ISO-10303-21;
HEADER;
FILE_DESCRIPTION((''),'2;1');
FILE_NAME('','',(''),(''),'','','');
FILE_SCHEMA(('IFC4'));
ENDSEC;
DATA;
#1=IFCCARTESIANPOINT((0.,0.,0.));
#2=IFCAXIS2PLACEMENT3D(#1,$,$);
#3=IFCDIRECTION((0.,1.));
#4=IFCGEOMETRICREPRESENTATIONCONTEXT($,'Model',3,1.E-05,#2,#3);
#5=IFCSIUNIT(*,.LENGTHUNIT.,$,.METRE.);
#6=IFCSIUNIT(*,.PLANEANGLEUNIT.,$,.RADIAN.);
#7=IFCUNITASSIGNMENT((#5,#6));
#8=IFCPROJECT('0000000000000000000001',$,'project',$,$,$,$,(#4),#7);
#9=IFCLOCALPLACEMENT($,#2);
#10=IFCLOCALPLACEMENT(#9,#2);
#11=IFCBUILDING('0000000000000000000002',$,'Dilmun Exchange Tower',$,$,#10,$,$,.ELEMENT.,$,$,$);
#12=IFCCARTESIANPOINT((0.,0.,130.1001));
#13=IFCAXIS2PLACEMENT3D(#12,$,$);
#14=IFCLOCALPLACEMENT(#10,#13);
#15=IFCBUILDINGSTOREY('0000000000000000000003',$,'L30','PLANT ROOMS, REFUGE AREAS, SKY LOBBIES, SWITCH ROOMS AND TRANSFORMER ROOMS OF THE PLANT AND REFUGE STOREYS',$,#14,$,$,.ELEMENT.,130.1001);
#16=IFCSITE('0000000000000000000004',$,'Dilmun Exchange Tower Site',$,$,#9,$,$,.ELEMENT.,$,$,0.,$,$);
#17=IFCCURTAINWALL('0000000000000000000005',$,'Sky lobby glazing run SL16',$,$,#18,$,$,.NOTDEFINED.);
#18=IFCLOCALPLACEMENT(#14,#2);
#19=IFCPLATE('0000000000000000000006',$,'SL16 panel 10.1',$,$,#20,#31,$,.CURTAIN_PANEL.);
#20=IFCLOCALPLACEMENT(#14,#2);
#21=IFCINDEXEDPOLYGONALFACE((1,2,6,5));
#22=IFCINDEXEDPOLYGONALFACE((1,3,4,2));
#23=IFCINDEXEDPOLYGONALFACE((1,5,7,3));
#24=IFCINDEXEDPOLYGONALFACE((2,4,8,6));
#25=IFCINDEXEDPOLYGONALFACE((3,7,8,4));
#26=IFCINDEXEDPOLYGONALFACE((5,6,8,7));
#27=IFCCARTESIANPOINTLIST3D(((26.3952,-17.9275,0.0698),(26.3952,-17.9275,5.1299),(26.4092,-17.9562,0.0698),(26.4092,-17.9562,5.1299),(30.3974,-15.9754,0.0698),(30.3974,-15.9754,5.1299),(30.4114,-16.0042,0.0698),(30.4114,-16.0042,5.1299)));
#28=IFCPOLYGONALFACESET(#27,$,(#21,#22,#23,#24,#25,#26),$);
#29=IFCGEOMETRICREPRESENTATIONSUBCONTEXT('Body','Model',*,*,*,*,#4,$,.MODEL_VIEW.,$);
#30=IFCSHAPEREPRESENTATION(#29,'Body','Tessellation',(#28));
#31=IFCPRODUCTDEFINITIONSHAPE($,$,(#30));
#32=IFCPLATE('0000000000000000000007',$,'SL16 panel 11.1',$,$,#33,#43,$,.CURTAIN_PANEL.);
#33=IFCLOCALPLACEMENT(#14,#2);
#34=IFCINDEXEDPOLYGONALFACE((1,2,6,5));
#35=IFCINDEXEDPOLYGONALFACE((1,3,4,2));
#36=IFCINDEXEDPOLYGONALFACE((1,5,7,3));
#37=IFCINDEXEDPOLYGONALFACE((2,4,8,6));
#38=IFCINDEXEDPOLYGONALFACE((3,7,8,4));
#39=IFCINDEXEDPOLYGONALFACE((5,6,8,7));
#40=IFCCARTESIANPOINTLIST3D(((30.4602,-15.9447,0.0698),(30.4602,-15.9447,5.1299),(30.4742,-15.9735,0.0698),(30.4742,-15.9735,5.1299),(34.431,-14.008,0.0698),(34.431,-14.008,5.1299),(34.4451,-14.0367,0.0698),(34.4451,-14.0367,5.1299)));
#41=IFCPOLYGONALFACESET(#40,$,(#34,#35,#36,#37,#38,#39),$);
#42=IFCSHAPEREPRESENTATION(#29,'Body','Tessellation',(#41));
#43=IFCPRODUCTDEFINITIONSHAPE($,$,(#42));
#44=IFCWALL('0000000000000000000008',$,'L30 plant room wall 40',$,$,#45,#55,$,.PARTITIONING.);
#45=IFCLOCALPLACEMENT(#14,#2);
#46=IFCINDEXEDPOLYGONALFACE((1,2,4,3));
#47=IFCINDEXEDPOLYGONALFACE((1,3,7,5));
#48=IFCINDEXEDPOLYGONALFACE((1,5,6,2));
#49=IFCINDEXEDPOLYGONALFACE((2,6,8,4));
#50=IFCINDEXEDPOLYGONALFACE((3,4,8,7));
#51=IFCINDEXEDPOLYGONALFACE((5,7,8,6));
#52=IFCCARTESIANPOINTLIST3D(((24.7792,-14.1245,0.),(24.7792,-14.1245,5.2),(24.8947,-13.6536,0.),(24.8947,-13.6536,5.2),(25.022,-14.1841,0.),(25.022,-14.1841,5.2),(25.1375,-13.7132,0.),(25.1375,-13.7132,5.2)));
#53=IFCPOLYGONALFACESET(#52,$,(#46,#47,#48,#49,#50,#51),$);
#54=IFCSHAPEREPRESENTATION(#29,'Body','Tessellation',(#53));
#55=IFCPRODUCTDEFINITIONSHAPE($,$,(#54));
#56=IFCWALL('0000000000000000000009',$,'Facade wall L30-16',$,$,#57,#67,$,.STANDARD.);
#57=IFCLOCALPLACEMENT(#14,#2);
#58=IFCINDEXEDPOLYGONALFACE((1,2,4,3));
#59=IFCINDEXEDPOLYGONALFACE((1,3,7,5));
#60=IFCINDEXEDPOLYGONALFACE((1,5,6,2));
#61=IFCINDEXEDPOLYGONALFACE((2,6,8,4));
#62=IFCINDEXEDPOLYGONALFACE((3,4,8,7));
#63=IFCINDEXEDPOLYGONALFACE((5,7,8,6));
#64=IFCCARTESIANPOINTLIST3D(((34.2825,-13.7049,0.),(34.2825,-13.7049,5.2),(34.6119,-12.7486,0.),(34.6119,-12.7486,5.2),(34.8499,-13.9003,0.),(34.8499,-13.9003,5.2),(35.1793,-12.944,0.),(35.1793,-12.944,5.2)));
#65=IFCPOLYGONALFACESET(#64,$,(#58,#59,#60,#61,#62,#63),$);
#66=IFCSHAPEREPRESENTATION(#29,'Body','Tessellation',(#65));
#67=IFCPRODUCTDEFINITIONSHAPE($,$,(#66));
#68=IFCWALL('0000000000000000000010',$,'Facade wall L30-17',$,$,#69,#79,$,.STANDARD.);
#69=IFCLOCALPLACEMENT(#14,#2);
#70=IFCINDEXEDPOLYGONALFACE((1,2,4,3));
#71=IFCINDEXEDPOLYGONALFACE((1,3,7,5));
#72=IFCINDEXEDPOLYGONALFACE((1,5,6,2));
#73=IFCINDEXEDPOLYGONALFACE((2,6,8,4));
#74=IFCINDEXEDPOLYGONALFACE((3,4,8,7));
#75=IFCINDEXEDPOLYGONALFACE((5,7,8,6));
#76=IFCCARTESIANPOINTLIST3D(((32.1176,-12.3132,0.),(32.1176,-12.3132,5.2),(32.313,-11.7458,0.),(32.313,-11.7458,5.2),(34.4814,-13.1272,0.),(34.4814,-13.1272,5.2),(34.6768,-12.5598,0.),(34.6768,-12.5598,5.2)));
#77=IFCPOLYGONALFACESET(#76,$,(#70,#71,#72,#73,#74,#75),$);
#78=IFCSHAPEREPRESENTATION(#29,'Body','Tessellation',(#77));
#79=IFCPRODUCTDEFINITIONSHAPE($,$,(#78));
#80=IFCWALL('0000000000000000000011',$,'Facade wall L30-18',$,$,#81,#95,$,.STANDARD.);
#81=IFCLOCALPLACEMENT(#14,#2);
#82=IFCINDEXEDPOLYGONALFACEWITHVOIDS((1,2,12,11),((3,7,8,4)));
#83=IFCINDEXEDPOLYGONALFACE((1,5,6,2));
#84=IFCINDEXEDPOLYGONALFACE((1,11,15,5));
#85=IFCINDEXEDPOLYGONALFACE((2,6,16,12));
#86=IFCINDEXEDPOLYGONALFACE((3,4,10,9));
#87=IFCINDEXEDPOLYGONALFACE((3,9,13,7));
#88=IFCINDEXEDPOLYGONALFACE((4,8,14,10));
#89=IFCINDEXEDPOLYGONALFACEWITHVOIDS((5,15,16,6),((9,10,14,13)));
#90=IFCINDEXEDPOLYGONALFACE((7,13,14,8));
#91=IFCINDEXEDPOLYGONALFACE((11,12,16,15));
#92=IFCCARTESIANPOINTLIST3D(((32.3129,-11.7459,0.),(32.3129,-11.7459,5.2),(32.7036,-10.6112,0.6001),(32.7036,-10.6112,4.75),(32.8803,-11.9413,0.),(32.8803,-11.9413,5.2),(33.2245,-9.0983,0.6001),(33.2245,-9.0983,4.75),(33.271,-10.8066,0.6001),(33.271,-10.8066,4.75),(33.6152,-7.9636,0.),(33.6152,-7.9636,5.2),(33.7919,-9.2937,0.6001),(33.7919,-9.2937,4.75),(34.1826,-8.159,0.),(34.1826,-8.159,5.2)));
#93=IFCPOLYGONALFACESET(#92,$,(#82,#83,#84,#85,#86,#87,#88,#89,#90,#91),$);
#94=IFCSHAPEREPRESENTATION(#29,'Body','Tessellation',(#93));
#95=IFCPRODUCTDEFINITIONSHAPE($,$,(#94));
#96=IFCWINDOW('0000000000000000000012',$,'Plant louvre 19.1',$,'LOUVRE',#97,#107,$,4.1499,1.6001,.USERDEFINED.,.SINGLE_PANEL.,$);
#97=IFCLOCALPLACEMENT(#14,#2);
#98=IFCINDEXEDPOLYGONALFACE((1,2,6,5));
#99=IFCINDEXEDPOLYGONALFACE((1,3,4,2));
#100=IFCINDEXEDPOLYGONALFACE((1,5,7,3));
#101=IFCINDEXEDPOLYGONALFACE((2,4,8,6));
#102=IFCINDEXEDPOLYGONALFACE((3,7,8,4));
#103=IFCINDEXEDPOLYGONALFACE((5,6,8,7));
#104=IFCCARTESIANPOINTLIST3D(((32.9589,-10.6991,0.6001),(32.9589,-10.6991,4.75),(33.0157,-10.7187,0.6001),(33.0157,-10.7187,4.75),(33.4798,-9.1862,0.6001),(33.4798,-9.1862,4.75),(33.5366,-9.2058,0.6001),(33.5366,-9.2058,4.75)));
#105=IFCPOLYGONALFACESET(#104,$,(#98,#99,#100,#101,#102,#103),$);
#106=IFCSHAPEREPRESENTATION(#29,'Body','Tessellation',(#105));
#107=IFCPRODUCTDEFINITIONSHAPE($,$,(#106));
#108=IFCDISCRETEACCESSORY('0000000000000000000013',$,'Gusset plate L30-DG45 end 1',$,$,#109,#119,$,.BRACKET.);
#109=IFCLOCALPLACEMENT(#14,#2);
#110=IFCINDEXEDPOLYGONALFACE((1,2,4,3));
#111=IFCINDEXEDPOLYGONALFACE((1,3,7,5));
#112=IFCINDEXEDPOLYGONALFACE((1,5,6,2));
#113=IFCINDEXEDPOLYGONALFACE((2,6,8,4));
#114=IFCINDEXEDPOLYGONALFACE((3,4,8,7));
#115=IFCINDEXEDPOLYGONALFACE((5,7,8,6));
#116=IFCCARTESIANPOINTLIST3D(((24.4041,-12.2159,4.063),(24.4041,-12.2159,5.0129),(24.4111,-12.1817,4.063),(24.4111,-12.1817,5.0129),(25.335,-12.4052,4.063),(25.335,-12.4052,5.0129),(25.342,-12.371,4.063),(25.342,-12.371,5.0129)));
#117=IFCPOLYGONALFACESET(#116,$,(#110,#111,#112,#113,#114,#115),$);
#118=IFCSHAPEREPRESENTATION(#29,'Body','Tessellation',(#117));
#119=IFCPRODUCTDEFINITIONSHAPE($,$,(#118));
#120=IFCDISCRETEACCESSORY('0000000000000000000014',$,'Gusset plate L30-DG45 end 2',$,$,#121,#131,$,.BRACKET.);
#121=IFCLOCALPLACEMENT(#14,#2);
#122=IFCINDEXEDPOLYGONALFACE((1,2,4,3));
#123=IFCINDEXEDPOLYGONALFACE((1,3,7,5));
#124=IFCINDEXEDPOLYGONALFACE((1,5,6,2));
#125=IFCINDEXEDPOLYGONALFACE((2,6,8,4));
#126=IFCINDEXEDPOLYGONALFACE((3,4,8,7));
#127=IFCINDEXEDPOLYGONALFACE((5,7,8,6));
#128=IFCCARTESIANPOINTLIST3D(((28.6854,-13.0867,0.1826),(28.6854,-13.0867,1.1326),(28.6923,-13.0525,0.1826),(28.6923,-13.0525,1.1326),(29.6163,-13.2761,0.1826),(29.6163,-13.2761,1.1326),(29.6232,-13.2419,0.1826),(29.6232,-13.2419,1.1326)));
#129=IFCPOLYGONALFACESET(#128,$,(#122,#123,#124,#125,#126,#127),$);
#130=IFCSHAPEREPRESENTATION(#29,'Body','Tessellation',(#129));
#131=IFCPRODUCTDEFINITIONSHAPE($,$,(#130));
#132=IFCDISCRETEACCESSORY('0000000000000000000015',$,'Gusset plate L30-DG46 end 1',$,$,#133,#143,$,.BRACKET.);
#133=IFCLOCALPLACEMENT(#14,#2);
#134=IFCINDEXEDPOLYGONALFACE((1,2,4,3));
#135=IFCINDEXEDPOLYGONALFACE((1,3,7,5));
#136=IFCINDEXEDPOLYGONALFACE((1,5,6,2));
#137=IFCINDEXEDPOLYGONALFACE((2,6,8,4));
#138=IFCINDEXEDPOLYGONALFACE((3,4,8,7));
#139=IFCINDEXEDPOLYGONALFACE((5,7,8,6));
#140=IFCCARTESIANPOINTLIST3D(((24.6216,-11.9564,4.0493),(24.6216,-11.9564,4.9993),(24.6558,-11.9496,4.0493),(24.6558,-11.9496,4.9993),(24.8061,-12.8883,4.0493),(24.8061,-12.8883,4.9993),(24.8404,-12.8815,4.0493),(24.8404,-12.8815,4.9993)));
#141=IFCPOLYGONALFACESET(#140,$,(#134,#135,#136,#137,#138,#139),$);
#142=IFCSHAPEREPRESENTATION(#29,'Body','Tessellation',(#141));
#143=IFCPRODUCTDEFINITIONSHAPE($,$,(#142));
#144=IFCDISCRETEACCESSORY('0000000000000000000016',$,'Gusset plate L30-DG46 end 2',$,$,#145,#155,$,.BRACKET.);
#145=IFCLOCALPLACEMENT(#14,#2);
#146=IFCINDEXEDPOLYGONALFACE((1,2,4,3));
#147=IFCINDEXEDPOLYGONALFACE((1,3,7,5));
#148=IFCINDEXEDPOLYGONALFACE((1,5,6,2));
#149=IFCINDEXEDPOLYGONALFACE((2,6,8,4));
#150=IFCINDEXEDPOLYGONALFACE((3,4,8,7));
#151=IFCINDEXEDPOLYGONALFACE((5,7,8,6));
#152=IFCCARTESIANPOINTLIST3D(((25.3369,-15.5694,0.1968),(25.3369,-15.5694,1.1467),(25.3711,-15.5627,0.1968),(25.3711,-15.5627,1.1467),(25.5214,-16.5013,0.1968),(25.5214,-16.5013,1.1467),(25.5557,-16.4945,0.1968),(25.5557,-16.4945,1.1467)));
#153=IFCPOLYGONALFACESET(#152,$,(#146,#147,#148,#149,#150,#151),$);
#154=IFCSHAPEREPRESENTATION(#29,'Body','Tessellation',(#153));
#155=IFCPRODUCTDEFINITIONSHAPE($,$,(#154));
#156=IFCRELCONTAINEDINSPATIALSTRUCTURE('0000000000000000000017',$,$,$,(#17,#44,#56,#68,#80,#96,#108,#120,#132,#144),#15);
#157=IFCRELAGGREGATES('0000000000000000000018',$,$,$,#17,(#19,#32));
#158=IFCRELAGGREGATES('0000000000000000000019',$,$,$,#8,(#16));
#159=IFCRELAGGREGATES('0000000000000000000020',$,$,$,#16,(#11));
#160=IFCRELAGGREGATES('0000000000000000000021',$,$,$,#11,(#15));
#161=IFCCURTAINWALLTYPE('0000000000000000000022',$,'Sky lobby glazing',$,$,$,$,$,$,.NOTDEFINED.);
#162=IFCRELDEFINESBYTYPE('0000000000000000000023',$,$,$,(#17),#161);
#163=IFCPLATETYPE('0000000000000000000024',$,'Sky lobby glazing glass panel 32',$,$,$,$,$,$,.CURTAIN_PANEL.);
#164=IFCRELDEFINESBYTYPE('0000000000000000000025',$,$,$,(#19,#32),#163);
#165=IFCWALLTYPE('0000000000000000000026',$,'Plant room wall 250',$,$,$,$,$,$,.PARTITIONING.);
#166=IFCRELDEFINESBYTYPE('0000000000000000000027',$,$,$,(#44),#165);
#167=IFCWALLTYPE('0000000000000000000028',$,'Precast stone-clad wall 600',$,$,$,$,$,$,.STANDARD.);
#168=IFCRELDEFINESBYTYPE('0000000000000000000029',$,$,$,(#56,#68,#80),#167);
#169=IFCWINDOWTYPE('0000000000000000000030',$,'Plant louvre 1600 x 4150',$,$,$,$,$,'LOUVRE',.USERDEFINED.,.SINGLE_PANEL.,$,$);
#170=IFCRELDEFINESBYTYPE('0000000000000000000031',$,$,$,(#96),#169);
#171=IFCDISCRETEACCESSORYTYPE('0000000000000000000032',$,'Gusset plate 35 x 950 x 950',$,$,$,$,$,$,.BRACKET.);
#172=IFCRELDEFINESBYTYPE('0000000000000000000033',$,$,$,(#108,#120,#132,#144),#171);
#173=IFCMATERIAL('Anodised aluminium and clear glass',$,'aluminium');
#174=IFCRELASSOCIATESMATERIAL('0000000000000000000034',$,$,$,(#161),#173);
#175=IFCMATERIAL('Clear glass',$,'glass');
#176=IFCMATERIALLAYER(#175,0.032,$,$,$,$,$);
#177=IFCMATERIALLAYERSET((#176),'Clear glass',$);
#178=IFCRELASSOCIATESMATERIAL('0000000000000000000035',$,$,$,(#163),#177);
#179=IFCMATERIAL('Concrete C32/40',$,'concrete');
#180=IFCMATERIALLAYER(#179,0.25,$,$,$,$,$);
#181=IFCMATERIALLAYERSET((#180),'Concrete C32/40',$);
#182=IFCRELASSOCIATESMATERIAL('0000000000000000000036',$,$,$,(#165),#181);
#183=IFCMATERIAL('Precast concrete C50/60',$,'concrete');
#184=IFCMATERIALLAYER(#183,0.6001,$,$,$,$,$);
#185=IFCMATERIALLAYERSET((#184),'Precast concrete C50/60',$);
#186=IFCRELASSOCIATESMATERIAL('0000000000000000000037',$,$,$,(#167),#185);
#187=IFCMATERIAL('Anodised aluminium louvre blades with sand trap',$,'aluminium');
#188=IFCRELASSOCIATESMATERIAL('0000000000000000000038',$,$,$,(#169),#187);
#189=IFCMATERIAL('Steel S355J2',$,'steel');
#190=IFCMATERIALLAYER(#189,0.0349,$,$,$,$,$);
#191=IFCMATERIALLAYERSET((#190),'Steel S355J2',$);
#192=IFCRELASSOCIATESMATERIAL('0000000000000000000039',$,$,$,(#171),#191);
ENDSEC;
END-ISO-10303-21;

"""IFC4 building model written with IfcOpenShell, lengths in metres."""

from ifc_helpers import new_model, si_unit, direction, frame, frame_2d, origin, origin_2d, place, context, subcontext, project, spatial, rectangle, extrude, material, layer, layer_set, type_object, element, fill, aggregate, save


model = new_model("IFC4")

# Units and contexts
model_context = context("Model", 3, precision=1e-05, world=origin(), true_north=direction((0.0, 1.0)))
body_context = subcontext(model_context, "Body", "Model", "MODEL_VIEW")
ifc_project = project(units=[si_unit("LENGTHUNIT", "METRE"), si_unit("PLANEANGLEUNIT", "RADIAN")], contexts=[model_context])

# Site, building, storey
site_placement = place(None, origin())
site = spatial("IfcSite", under=ifc_project, at=site_placement, Name="Dilmun Exchange Tower Site", CompositionType="ELEMENT", RefElevation=0.0)
building_placement = place(site_placement, origin())
building = spatial("IfcBuilding", under=site, at=building_placement, Name="Dilmun Exchange Tower", CompositionType="ELEMENT")
storey_placement = place(building_placement, frame((0.0, 0.0, 130.1001)))
storey = spatial("IfcBuildingStorey", under=building, at=storey_placement, Name="L30", Description="PLANT ROOMS, REFUGE AREAS, SKY LOBBIES, SWITCH ROOMS AND TRANSFORMER ROOMS OF THE PLANT AND REFUGE STOREYS", CompositionType="ELEMENT", Elevation=130.1001)

# Curtain wall
ifc_material_1 = material(Name="Anodised aluminium and clear glass", Category="aluminium")
curtain_wall_type = type_object("IfcCurtainWallType", Name="Sky lobby glazing", PredefinedType="NOTDEFINED", material=ifc_material_1)
curtain_wall_placement = place(storey_placement, origin())
curtain_wall = element("IfcCurtainWall", 1, at=curtain_wall_placement, inside=storey, type_object=curtain_wall_type, Name="Sky lobby glazing run SL16", PredefinedType="NOTDEFINED")

# Plates
ifc_material_2 = material(Name="Clear glass", Category="glass")
ifc_layer_1 = layer(ifc_material_2, 0.032)
ifc_layer_set_1 = layer_set([ifc_layer_1], Name="Clear glass")
plate_type = type_object("IfcPlateType", Name="Sky lobby glazing glass panel 32", PredefinedType="CURTAIN_PANEL", material=ifc_layer_set_1)
plate_1_placement = place(storey_placement, frame((28.4033, -16.9658, 0.0698), z_axis=(0.0, 0.0, 1.0), x_axis=(0.898794, 0.438371, 0.0)))
plate_1 = element("IfcPlate", 2, at=plate_1_placement, type_object=plate_type, Name="SL16 panel 10.1", PredefinedType="CURTAIN_PANEL", context=body_context, shape_type="SweptSolid", body=[
    extrude(rectangle(XDim=4.4529, YDim=0.032, at=origin_2d()), origin(), (0.0, 0.0, 1.0), 5.0601),
])
plate_2_placement = place(storey_placement, frame((32.4526, -14.9907, 0.0698), z_axis=(0.0, 0.0, 1.0), x_axis=(0.898794, 0.438371, 0.0)))
plate_2 = element("IfcPlate", 3, at=plate_2_placement, type_object=plate_type, Name="SL16 panel 11.1", PredefinedType="CURTAIN_PANEL", context=body_context, shape_type="SweptSolid", body=[
    extrude(rectangle(XDim=4.418, YDim=0.032, at=origin_2d()), origin(), (0.0, 0.0, 1.0), 5.0601),
])
aggregate(curtain_wall, [plate_1, plate_2])

# Walls
ifc_material_3 = material(Name="Concrete C32/40", Category="concrete")
ifc_layer_2 = layer(ifc_material_3, 0.25)
ifc_layer_set_2 = layer_set([ifc_layer_2], Name="Concrete C32/40")
wall_type_1 = type_object("IfcWallType", Name="Plant room wall 250", PredefinedType="PARTITIONING", material=ifc_layer_set_2)
wall_1_placement = place(storey_placement, frame((24.9006, -14.1543, 0.0), z_axis=(0.0, 0.0, 1.0), x_axis=(0.23815, 0.971228, 0.0)))
element("IfcWall", 4, at=wall_1_placement, inside=storey, type_object=wall_type_1, Name="L30 plant room wall 40", PredefinedType="PARTITIONING", context=body_context, shape_type="SweptSolid", body=[
    extrude(rectangle(XDim=0.4849, YDim=0.25, at=frame_2d((0.2424, 0.0))), origin(), (0.0, 0.0, 1.0), 5.2),
])
ifc_material_4 = material(Name="Precast concrete C50/60", Category="concrete")
ifc_layer_3 = layer(ifc_material_4, 0.6001)
ifc_layer_set_3 = layer_set([ifc_layer_3], Name="Precast concrete C50/60")
wall_type_2 = type_object("IfcWallType", Name="Precast stone-clad wall 600", PredefinedType="STANDARD", material=ifc_layer_set_3)
wall_2_placement = place(storey_placement, frame((34.5662, -13.8027, 0.0), z_axis=(0.0, 0.0, 1.0), x_axis=(0.325626, 0.945499, 0.0)))
element("IfcWall", 5, at=wall_2_placement, inside=storey, type_object=wall_type_2, Name="Facade wall L30-16", PredefinedType="STANDARD", context=body_context, shape_type="SweptSolid", body=[
    extrude(rectangle(XDim=1.0115, YDim=0.6001, at=frame_2d((0.5059, 0.0))), origin(), (0.0, 0.0, 1.0), 5.2),
])
wall_3_placement = place(storey_placement, frame((34.5791, -12.8435, 0.0), z_axis=(0.0, 0.0, 1.0), x_axis=(-0.945512, 0.325587, 0.0)))
element("IfcWall", 6, at=wall_3_placement, inside=storey, type_object=wall_type_2, Name="Facade wall L30-17", PredefinedType="STANDARD", context=body_context, shape_type="SweptSolid", body=[
    extrude(rectangle(XDim=2.5, YDim=0.6001, at=frame_2d((1.25, 0.0))), origin(), (0.0, 0.0, 1.0), 5.2),
])

# Wall, opening, window
wall_4_placement = place(storey_placement, frame((32.5967, -11.8435, 0.0), z_axis=(0.0, 0.0, 1.0), x_axis=(0.325551, 0.945525, 0.0)))
wall_4 = element("IfcWall", 7, at=wall_4_placement, inside=storey, type_object=wall_type_2, Name="Facade wall L30-18", PredefinedType="STANDARD", context=body_context, shape_type="SweptSolid", body=[
    extrude(rectangle(XDim=4.0002, YDim=0.6001, at=frame_2d((2.0, 0.0))), origin(), (0.0, 0.0, 1.0), 5.2),
])
opening_placement = place(wall_4_placement, frame((1.2, 0.0, 0.6001)))
opening = element("IfcOpeningElement", 8, at=opening_placement, cuts=wall_4, PredefinedType="OPENING", context=body_context, shape_type="SweptSolid", body=[
    extrude(rectangle(XDim=1.6001, YDim=4.1499, at=frame_2d((0.8, 2.075))), frame((0.0, 0.3101, 0.0), z_axis=(0.0, -1.0, 0.0), x_axis=(1.0, 0.0, 0.0)), (0.0, 0.0, 1.0), 0.6201),
])
ifc_material_5 = material(Name="Anodised aluminium louvre blades with sand trap", Category="aluminium")
window_type = type_object("IfcWindowType", Name="Plant louvre 1600 x 4150", ElementType="LOUVRE", PartitioningType="SINGLE_PANEL", PredefinedType="USERDEFINED", material=ifc_material_5)
window_placement = place(opening_placement, origin())
window = element("IfcWindow", 9, at=window_placement, inside=storey, type_object=window_type, Name="Plant louvre 19.1", ObjectType="LOUVRE", OverallHeight=4.1499, OverallWidth=1.6001, PartitioningType="SINGLE_PANEL", PredefinedType="USERDEFINED", context=body_context, shape_type="SweptSolid", body=[
    extrude(rectangle(XDim=1.6001, YDim=4.1499, at=frame_2d((0.8, 2.075))), frame((0.0, 0.03, 0.0), z_axis=(0.0, -1.0, 0.0), x_axis=(1.0, 0.0, 0.0)), (0.0, 0.0, 1.0), 0.0601),
])
fill(opening, window)

# Discrete accessories
ifc_material_6 = material(Name="Steel S355J2", Category="steel")
ifc_layer_4 = layer(ifc_material_6, 0.0349)
ifc_layer_set_4 = layer_set([ifc_layer_4], Name="Steel S355J2")
discrete_accessory_type = type_object("IfcDiscreteAccessoryType", Name="Gusset plate 35 x 950 x 950", PredefinedType="BRACKET", material=ifc_layer_set_4)
for number, where, z_axis, x_axis, name in (
    (10, (24.873, -12.2935, 4.063), (0.0, 0.0, 1.0), (0.979934, -0.199323, 0.0), "Gusset plate L30-DG45 end 1"),
    (11, (29.1543, -13.1643, 0.1826), (0.0, 0.0, 1.0), (0.979934, -0.199323, 0.0), "Gusset plate L30-DG45 end 2"),
    (12, (24.731, -12.4189, 4.0493), (0.0, 0.0, 1.0), (0.194275, -0.980947, 0.0), "Gusset plate L30-DG46 end 1"),
    (13, (25.4463, -16.032, 0.1968), (0.0, 0.0, 1.0), (0.194275, -0.980947, 0.0), "Gusset plate L30-DG46 end 2"),
):
    element("IfcDiscreteAccessory", number, at=place(storey_placement, frame(where, z_axis=z_axis, x_axis=x_axis)), inside=storey, type_object=discrete_accessory_type, Name=name, PredefinedType="BRACKET", context=body_context, shape_type="SweptSolid", body=[
        extrude(rectangle(XDim=0.95, YDim=0.0349, at=origin_2d()), origin(), (0.0, 0.0, 1.0), 0.95),
    ])

save(model, "model.ifc")
